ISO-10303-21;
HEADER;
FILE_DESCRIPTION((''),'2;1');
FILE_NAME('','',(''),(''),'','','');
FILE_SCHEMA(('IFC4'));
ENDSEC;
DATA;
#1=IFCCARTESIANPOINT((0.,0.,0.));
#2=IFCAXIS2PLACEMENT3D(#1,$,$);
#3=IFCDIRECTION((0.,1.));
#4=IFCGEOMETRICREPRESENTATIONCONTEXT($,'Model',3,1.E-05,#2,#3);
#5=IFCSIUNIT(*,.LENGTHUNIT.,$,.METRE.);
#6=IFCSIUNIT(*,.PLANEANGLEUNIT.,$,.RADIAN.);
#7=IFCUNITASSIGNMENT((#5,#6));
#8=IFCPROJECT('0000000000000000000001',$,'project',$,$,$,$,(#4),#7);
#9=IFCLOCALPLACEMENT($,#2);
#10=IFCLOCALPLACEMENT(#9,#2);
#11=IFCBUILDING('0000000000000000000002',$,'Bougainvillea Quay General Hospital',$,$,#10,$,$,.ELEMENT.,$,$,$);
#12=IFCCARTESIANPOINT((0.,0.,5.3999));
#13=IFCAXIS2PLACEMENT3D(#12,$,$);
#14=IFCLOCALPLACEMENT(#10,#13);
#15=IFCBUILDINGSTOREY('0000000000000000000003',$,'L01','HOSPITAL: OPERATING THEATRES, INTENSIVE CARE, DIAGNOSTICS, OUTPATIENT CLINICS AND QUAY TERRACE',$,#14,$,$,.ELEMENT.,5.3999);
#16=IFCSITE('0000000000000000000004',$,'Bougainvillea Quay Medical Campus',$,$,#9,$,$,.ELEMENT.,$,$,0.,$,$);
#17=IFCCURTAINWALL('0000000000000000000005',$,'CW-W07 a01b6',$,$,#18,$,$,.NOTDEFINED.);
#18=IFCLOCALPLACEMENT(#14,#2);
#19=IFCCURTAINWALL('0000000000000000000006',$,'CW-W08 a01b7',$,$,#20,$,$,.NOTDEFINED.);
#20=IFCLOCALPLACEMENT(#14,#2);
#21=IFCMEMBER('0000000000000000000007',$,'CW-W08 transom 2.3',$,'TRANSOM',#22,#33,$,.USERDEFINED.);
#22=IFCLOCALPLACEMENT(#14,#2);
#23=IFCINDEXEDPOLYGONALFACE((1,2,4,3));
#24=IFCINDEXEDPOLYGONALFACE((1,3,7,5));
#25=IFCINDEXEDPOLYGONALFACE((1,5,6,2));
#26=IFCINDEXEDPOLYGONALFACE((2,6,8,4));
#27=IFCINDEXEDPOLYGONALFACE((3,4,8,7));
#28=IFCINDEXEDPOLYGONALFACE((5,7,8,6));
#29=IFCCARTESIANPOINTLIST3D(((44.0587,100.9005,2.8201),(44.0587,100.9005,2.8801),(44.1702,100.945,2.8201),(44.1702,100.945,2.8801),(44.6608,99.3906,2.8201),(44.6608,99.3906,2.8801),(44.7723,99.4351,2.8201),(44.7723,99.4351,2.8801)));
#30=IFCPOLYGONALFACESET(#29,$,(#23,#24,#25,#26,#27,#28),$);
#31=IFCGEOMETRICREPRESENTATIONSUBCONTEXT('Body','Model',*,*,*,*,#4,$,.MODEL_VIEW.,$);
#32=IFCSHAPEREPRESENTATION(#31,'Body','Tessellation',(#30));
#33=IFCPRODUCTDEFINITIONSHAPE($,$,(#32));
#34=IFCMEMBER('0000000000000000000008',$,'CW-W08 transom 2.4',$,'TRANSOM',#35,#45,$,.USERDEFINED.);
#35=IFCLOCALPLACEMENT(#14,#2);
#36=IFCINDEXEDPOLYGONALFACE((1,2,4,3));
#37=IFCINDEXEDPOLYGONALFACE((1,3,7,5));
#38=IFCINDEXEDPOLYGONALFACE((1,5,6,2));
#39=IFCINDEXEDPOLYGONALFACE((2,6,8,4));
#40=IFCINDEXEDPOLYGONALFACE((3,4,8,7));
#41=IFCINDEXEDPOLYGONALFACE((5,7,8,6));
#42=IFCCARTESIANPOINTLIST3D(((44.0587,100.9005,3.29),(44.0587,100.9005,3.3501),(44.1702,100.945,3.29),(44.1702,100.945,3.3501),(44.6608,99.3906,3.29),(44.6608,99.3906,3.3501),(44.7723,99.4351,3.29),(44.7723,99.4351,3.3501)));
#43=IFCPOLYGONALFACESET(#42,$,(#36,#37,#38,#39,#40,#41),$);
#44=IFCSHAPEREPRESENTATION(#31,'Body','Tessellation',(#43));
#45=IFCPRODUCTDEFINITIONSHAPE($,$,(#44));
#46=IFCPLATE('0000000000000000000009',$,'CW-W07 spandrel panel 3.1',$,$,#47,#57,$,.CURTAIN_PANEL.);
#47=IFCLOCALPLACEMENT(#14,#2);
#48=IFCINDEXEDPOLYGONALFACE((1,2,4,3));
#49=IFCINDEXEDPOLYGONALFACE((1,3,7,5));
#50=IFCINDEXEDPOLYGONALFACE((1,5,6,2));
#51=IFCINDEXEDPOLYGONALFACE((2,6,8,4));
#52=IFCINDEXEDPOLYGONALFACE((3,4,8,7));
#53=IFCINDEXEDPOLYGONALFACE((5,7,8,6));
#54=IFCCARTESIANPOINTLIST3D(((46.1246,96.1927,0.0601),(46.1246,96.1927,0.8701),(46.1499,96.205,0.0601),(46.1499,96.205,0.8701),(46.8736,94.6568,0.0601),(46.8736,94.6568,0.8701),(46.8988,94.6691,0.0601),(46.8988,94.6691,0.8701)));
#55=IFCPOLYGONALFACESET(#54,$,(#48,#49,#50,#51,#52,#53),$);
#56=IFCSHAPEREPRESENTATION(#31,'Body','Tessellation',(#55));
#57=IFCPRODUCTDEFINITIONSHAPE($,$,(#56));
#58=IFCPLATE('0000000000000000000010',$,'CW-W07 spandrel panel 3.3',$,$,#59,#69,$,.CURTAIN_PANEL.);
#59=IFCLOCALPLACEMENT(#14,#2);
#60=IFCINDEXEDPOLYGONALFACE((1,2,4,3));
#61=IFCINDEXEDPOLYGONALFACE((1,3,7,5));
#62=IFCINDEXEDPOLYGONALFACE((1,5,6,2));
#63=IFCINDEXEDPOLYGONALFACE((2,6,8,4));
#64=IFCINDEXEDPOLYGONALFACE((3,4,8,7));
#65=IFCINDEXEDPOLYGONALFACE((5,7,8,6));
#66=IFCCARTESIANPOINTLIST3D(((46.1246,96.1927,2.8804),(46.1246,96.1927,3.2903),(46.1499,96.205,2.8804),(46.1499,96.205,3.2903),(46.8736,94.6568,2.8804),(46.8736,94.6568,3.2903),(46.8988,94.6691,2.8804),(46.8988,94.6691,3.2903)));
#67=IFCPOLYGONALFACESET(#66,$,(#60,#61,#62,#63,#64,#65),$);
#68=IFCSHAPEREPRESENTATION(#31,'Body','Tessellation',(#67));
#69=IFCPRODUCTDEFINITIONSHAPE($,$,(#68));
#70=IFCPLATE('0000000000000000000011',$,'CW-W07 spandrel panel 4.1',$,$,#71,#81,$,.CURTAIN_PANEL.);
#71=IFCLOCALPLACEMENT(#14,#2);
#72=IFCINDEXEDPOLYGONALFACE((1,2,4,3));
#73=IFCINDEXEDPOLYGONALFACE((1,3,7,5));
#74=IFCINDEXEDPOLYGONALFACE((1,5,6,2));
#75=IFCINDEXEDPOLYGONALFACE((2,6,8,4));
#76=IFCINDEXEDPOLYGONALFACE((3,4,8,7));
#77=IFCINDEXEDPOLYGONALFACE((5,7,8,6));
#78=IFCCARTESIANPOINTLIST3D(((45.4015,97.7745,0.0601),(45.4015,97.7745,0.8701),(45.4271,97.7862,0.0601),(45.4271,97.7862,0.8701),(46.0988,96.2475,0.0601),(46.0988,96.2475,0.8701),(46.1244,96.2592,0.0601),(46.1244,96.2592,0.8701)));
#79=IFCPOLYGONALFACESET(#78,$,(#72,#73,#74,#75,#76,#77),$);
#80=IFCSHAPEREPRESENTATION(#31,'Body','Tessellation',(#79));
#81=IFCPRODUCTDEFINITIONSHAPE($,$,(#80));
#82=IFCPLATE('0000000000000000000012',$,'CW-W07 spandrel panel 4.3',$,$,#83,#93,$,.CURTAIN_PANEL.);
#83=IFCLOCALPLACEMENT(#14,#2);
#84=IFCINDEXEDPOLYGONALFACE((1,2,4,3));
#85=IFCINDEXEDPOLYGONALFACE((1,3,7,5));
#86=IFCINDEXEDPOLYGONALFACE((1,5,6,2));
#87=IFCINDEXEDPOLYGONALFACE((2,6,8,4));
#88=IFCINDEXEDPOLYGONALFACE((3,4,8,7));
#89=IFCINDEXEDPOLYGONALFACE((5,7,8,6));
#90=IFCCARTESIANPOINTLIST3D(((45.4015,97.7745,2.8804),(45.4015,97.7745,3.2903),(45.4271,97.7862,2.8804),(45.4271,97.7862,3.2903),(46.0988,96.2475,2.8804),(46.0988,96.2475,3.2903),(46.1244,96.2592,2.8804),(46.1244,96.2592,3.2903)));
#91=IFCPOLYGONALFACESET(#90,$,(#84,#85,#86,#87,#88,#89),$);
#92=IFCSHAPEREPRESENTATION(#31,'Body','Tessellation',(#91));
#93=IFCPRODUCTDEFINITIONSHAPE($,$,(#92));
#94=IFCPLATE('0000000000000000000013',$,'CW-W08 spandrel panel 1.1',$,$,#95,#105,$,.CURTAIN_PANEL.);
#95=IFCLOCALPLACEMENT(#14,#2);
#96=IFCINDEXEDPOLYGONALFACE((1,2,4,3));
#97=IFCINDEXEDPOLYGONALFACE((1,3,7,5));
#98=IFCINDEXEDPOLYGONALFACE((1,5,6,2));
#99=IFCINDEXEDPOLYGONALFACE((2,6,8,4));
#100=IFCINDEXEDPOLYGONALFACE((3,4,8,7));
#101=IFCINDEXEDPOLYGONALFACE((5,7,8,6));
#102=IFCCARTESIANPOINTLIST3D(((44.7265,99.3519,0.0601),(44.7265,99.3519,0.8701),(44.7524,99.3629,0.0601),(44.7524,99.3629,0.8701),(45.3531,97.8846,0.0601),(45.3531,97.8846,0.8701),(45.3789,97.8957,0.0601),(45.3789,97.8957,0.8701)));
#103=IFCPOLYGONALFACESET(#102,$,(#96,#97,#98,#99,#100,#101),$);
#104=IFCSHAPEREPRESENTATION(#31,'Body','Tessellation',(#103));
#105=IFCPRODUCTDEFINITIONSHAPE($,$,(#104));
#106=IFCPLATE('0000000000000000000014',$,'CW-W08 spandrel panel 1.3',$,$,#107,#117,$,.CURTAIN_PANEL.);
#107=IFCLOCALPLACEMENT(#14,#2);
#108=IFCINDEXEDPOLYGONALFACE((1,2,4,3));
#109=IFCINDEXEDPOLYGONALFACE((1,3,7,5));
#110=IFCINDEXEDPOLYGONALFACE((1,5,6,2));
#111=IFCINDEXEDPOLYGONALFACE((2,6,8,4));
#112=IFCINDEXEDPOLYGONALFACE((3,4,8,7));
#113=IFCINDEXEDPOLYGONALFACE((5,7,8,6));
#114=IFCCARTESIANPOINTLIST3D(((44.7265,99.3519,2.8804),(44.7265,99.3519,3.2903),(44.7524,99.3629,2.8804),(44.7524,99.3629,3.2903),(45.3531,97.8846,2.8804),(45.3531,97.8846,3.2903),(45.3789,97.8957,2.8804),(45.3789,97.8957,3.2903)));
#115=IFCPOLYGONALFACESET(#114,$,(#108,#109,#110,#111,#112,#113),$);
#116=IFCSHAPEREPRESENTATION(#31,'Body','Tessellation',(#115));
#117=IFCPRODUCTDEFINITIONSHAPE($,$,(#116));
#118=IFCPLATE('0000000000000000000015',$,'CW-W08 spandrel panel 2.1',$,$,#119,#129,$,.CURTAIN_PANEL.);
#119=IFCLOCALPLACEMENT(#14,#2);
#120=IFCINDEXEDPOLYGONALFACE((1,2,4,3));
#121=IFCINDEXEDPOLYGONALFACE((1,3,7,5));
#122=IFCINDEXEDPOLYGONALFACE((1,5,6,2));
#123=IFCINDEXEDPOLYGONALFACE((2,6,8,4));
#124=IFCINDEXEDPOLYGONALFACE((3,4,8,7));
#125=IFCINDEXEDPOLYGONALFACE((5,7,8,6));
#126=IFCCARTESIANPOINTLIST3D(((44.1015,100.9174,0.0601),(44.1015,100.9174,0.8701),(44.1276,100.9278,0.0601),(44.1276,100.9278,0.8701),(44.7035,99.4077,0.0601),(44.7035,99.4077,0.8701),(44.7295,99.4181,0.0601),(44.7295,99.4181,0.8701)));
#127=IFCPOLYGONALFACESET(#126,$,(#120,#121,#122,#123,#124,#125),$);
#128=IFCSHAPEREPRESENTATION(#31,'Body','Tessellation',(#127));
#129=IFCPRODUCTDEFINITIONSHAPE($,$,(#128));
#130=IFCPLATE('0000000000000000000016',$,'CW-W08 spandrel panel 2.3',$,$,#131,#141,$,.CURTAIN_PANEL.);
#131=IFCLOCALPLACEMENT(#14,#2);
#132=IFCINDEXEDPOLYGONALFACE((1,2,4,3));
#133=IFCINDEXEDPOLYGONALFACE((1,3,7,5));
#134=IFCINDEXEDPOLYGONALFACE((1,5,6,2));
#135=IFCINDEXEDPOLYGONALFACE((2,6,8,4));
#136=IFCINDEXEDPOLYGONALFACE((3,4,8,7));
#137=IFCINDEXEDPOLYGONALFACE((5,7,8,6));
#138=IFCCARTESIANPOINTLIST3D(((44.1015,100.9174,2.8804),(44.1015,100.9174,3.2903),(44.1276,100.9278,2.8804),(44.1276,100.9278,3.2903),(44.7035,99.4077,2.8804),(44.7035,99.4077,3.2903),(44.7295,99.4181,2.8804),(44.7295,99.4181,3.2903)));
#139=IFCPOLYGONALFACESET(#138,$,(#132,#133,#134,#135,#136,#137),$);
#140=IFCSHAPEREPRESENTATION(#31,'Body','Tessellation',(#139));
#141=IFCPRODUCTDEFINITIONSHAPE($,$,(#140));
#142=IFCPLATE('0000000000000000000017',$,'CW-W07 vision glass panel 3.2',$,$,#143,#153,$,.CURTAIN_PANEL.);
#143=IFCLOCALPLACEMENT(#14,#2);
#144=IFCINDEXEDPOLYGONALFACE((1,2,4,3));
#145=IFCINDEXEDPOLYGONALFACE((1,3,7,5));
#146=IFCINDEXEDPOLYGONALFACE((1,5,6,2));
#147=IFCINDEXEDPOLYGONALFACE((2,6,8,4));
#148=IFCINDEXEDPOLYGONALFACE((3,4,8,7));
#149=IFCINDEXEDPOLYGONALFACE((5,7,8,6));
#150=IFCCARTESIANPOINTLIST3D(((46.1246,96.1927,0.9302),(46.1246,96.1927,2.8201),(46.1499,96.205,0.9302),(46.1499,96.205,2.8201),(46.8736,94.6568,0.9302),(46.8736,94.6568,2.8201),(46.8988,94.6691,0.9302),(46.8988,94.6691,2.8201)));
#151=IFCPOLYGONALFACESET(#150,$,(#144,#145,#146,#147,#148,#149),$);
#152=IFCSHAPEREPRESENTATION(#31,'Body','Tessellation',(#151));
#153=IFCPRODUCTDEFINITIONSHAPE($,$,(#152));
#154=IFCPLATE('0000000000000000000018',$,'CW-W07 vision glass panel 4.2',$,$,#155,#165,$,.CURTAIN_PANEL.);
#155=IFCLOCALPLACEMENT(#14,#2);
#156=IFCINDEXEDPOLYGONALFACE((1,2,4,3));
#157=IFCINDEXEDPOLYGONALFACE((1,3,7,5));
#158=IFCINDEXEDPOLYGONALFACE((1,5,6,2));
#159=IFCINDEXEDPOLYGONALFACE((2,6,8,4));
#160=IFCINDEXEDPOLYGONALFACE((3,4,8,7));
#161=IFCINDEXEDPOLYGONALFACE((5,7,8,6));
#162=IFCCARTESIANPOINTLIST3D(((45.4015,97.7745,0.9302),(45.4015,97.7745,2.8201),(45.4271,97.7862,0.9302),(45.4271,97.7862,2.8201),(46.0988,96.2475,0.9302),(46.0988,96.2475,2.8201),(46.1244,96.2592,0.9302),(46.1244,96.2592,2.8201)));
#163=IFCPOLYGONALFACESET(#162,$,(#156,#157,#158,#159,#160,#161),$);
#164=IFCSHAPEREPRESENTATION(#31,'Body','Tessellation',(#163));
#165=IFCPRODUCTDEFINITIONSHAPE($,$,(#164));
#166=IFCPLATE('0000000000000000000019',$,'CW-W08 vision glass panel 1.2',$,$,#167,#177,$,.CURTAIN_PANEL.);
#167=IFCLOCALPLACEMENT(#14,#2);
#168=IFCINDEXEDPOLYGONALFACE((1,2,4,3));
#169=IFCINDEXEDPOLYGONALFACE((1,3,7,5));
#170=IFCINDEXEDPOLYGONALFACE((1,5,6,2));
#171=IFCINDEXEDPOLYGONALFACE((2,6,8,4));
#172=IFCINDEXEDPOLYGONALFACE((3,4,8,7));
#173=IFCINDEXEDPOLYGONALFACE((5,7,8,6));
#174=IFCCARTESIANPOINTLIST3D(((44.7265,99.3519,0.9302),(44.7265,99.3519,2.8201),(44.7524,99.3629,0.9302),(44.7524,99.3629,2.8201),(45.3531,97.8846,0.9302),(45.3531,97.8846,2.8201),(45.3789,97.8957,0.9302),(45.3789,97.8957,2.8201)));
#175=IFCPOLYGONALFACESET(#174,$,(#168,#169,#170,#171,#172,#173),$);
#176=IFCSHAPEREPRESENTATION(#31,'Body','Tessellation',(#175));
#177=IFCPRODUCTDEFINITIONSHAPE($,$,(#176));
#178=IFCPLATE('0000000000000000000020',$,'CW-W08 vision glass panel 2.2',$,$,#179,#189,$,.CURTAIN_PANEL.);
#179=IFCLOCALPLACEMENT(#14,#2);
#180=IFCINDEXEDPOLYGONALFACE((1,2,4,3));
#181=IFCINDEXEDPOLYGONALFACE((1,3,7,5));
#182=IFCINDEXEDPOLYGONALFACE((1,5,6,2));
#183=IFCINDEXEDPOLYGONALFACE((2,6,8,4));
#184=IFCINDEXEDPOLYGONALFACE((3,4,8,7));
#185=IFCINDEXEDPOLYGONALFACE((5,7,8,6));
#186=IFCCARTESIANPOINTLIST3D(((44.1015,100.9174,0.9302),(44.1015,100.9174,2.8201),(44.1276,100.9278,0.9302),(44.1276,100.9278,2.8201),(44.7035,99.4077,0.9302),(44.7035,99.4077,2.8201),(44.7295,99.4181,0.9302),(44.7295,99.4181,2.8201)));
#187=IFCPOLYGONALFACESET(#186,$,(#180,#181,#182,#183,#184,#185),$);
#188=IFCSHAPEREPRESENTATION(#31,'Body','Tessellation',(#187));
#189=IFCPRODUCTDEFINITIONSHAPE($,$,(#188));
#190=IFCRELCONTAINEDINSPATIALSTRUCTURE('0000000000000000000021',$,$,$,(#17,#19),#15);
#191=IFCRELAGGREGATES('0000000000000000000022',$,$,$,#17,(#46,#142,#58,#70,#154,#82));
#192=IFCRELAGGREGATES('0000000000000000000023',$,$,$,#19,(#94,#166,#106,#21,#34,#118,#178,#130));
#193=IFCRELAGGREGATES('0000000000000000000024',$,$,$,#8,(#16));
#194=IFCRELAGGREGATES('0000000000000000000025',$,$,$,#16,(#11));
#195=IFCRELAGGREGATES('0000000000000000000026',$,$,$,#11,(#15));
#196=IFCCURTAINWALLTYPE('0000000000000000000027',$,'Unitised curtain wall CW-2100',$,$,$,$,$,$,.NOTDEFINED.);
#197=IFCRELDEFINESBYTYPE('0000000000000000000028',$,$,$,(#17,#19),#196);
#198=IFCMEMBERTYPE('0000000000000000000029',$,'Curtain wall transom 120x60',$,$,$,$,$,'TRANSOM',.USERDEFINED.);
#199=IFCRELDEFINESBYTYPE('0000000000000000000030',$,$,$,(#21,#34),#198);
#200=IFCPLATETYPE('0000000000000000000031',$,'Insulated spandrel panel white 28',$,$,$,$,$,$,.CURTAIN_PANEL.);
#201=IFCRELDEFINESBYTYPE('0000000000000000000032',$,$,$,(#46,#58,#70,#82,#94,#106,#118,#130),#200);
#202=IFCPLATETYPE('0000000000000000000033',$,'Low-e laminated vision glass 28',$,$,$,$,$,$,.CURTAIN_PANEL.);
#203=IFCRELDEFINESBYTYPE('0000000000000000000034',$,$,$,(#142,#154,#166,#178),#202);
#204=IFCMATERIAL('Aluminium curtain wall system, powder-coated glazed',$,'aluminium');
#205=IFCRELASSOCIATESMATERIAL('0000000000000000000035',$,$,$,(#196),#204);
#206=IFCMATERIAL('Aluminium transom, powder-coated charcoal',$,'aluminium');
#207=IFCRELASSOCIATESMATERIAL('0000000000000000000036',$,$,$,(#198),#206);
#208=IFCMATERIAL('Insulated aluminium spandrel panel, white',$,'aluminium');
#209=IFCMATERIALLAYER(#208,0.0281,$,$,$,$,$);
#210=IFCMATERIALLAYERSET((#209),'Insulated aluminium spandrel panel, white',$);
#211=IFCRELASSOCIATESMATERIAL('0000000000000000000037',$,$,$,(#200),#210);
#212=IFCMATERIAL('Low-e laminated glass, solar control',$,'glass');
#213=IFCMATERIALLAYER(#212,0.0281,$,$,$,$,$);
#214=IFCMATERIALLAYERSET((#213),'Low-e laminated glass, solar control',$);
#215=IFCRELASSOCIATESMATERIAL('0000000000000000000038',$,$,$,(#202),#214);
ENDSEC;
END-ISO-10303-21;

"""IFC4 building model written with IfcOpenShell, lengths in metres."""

from ifc_helpers import new_model, si_unit, direction, frame, origin, origin_2d, place, context, subcontext, project, spatial, rectangle, extrude, material, layer, layer_set, material_profile, profile_set, type_object, element, aggregate, save


model = new_model("IFC4")

# Units and contexts
model_context = context("Model", 3, precision=1e-05, world=origin(), true_north=direction((0.0, 1.0)))
body_context = subcontext(model_context, "Body", "Model", "MODEL_VIEW")
ifc_project = project(units=[si_unit("LENGTHUNIT", "METRE"), si_unit("PLANEANGLEUNIT", "RADIAN")], contexts=[model_context])

# Site, building, storey
site_placement = place(None, origin())
site = spatial("IfcSite", under=ifc_project, at=site_placement, Name="Bougainvillea Quay Medical Campus", CompositionType="ELEMENT", RefElevation=0.0)
building_placement = place(site_placement, origin())
building = spatial("IfcBuilding", under=site, at=building_placement, Name="Bougainvillea Quay General Hospital", CompositionType="ELEMENT")
storey_placement = place(building_placement, frame((0.0, 0.0, 5.3999)))
storey = spatial("IfcBuildingStorey", under=building, at=storey_placement, Name="L01", Description="HOSPITAL: OPERATING THEATRES, INTENSIVE CARE, DIAGNOSTICS, OUTPATIENT CLINICS AND QUAY TERRACE", CompositionType="ELEMENT", Elevation=5.3999)

# Curtain walls
ifc_material_1 = material(Name="Aluminium curtain wall system, powder-coated glazed", Category="aluminium")
curtain_wall_type = type_object("IfcCurtainWallType", Name="Unitised curtain wall CW-2100", PredefinedType="NOTDEFINED", material=ifc_material_1)
curtain_wall_1_placement = place(storey_placement, origin())
curtain_wall_1 = element("IfcCurtainWall", 1, at=curtain_wall_1_placement, inside=storey, type_object=curtain_wall_type, Name="CW-W07 a01b6", PredefinedType="NOTDEFINED")
curtain_wall_2_placement = place(storey_placement, origin())
curtain_wall_2 = element("IfcCurtainWall", 2, at=curtain_wall_2_placement, inside=storey, type_object=curtain_wall_type, Name="CW-W08 a01b7", PredefinedType="NOTDEFINED")

# Members
ifc_material_2 = material(Name="Aluminium transom, powder-coated charcoal", Category="aluminium")
ifc_material_profile_1 = material_profile(ifc_material_2, rectangle(XDim=0.1201, YDim=0.0601, at=origin_2d()))
ifc_profile_set_1 = profile_set([ifc_material_profile_1], Name="Aluminium transom, powder-coated charcoal")
member_type_1 = type_object("IfcMemberType", Name="Curtain wall transom 120x60", ElementType="TRANSOM", PredefinedType="USERDEFINED", material=ifc_profile_set_1)
member_1_placement = place(storey_placement, frame((44.7166, 99.4128, 2.8501), z_axis=(-0.370406, 0.92887, 0.0), x_axis=(-0.92887, -0.370406, 0.0)))
member_1 = element("IfcMember", 3, at=member_1_placement, type_object=member_type_1, Name="CW-W08 transom 2.3", ObjectType="TRANSOM", PredefinedType="USERDEFINED", context=body_context, shape_type="SweptSolid", body=[
    extrude(rectangle(XDim=0.1201, YDim=0.0601, at=origin_2d()), origin(), (0.0, 0.0, 1.0), 1.6255),
])
member_2_placement = place(storey_placement, frame((44.7166, 99.4128, 3.3201), z_axis=(-0.370406, 0.92887, 0.0), x_axis=(-0.92887, -0.370406, 0.0)))
member_2 = element("IfcMember", 4, at=member_2_placement, type_object=member_type_1, Name="CW-W08 transom 2.4", ObjectType="TRANSOM", PredefinedType="USERDEFINED", context=body_context, shape_type="SweptSolid", body=[
    extrude(rectangle(XDim=0.1201, YDim=0.0601, at=origin_2d()), origin(), (0.0, 0.0, 1.0), 1.6255),
])

# Plates
ifc_material_3 = material(Name="Insulated aluminium spandrel panel, white", Category="aluminium")
ifc_layer_1 = layer(ifc_material_3, 0.0281)
ifc_layer_set_1 = layer_set([ifc_layer_1], Name="Insulated aluminium spandrel panel, white")
plate_type_1 = type_object("IfcPlateType", Name="Insulated spandrel panel white 28", PredefinedType="CURTAIN_PANEL", material=ifc_layer_set_1)
plate_1_placement = place(storey_placement, frame((46.5117, 95.4309, 0.0601), z_axis=(0.0, 0.0, 1.0), x_axis=(-0.438301, 0.898828, 0.0)))
plate_1 = element("IfcPlate", 5, at=plate_1_placement, type_object=plate_type_1, Name="CW-W07 spandrel panel 3.1", PredefinedType="CURTAIN_PANEL", context=body_context, shape_type="SweptSolid", body=[
    extrude(rectangle(XDim=1.7087, YDim=0.0281, at=origin_2d()), origin(), (0.0, 0.0, 1.0), 0.8101),
])
plate_2_placement = place(storey_placement, frame((46.5117, 95.4309, 2.8804), z_axis=(0.0, 0.0, 1.0), x_axis=(-0.438301, 0.898828, 0.0)))
plate_2 = element("IfcPlate", 6, at=plate_2_placement, type_object=plate_type_1, Name="CW-W07 spandrel panel 3.3", PredefinedType="CURTAIN_PANEL", context=body_context, shape_type="SweptSolid", body=[
    extrude(rectangle(XDim=1.7087, YDim=0.0281, at=origin_2d()), origin(), (0.0, 0.0, 1.0), 0.4099),
])
plate_3_placement = place(storey_placement, frame((45.7629, 97.0168, 0.0601), z_axis=(0.0, 0.0, 1.0), x_axis=(-0.415368, 0.909653, 0.0)))
plate_3 = element("IfcPlate", 7, at=plate_3_placement, type_object=plate_type_1, Name="CW-W07 spandrel panel 4.1", PredefinedType="CURTAIN_PANEL", context=body_context, shape_type="SweptSolid", body=[
    extrude(rectangle(XDim=1.6787, YDim=0.0281, at=origin_2d()), origin(), (0.0, 0.0, 1.0), 0.8101),
])
plate_4_placement = place(storey_placement, frame((45.7629, 97.0168, 2.8804), z_axis=(0.0, 0.0, 1.0), x_axis=(-0.415368, 0.909653, 0.0)))
plate_4 = element("IfcPlate", 8, at=plate_4_placement, type_object=plate_type_1, Name="CW-W07 spandrel panel 4.3", PredefinedType="CURTAIN_PANEL", context=body_context, shape_type="SweptSolid", body=[
    extrude(rectangle(XDim=1.6787, YDim=0.0281, at=origin_2d()), origin(), (0.0, 0.0, 1.0), 0.4099),
])
plate_5_placement = place(storey_placement, frame((45.0527, 98.6238, 0.0601), z_axis=(0.0, 0.0, 1.0), x_axis=(-0.392719, 0.919659, 0.0)))
plate_5 = element("IfcPlate", 9, at=plate_5_placement, type_object=plate_type_1, Name="CW-W08 spandrel panel 1.1", PredefinedType="CURTAIN_PANEL", context=body_context, shape_type="SweptSolid", body=[
    extrude(rectangle(XDim=1.5955, YDim=0.0281, at=origin_2d()), origin(), (0.0, 0.0, 1.0), 0.8101),
])
plate_6_placement = place(storey_placement, frame((45.0527, 98.6238, 2.8804), z_axis=(0.0, 0.0, 1.0), x_axis=(-0.392719, 0.919659, 0.0)))
plate_6 = element("IfcPlate", 10, at=plate_6_placement, type_object=plate_type_1, Name="CW-W08 spandrel panel 1.3", PredefinedType="CURTAIN_PANEL", context=body_context, shape_type="SweptSolid", body=[
    extrude(rectangle(XDim=1.5955, YDim=0.0281, at=origin_2d()), origin(), (0.0, 0.0, 1.0), 0.4099),
])
plate_7_placement = place(storey_placement, frame((44.4155, 100.1677, 0.0601), z_axis=(0.0, 0.0, 1.0), x_axis=(-0.370384, 0.928879, 0.0)))
plate_7 = element("IfcPlate", 11, at=plate_7_placement, type_object=plate_type_1, Name="CW-W08 spandrel panel 2.1", PredefinedType="CURTAIN_PANEL", context=body_context, shape_type="SweptSolid", body=[
    extrude(rectangle(XDim=1.6252, YDim=0.0281, at=origin_2d()), origin(), (0.0, 0.0, 1.0), 0.8101),
])
plate_8_placement = place(storey_placement, frame((44.4155, 100.1677, 2.8804), z_axis=(0.0, 0.0, 1.0), x_axis=(-0.370384, 0.928879, 0.0)))
plate_8 = element("IfcPlate", 12, at=plate_8_placement, type_object=plate_type_1, Name="CW-W08 spandrel panel 2.3", PredefinedType="CURTAIN_PANEL", context=body_context, shape_type="SweptSolid", body=[
    extrude(rectangle(XDim=1.6252, YDim=0.0281, at=origin_2d()), origin(), (0.0, 0.0, 1.0), 0.4099),
])
ifc_material_4 = material(Name="Low-e laminated glass, solar control", Category="glass")
ifc_layer_2 = layer(ifc_material_4, 0.0281)
ifc_layer_set_2 = layer_set([ifc_layer_2], Name="Low-e laminated glass, solar control")
plate_type_2 = type_object("IfcPlateType", Name="Low-e laminated vision glass 28", PredefinedType="CURTAIN_PANEL", material=ifc_layer_set_2)
plate_9_placement = place(storey_placement, frame((46.5117, 95.4309, 0.9302), z_axis=(0.0, 0.0, 1.0), x_axis=(-0.438301, 0.898828, 0.0)))
plate_9 = element("IfcPlate", 13, at=plate_9_placement, type_object=plate_type_2, Name="CW-W07 vision glass panel 3.2", PredefinedType="CURTAIN_PANEL", context=body_context, shape_type="SweptSolid", body=[
    extrude(rectangle(XDim=1.7087, YDim=0.0281, at=origin_2d()), origin(), (0.0, 0.0, 1.0), 1.8899),
])
plate_10_placement = place(storey_placement, frame((45.7629, 97.0168, 0.9302), z_axis=(0.0, 0.0, 1.0), x_axis=(-0.415368, 0.909653, 0.0)))
plate_10 = element("IfcPlate", 14, at=plate_10_placement, type_object=plate_type_2, Name="CW-W07 vision glass panel 4.2", PredefinedType="CURTAIN_PANEL", context=body_context, shape_type="SweptSolid", body=[
    extrude(rectangle(XDim=1.6787, YDim=0.0281, at=origin_2d()), origin(), (0.0, 0.0, 1.0), 1.8899),
])
aggregate(curtain_wall_1, [plate_1, plate_9, plate_2, plate_3, plate_10, plate_4])
plate_11_placement = place(storey_placement, frame((45.0527, 98.6238, 0.9302), z_axis=(0.0, 0.0, 1.0), x_axis=(-0.392719, 0.919659, 0.0)))
plate_11 = element("IfcPlate", 15, at=plate_11_placement, type_object=plate_type_2, Name="CW-W08 vision glass panel 1.2", PredefinedType="CURTAIN_PANEL", context=body_context, shape_type="SweptSolid", body=[
    extrude(rectangle(XDim=1.5955, YDim=0.0281, at=origin_2d()), origin(), (0.0, 0.0, 1.0), 1.8899),
])
plate_12_placement = place(storey_placement, frame((44.4155, 100.1677, 0.9302), z_axis=(0.0, 0.0, 1.0), x_axis=(-0.370384, 0.928879, 0.0)))
plate_12 = element("IfcPlate", 16, at=plate_12_placement, type_object=plate_type_2, Name="CW-W08 vision glass panel 2.2", PredefinedType="CURTAIN_PANEL", context=body_context, shape_type="SweptSolid", body=[
    extrude(rectangle(XDim=1.6252, YDim=0.0281, at=origin_2d()), origin(), (0.0, 0.0, 1.0), 1.8899),
])
aggregate(curtain_wall_2, [plate_5, plate_11, plate_6, member_1, member_2, plate_7, plate_12, plate_8])

save(model, "model.ifc")
